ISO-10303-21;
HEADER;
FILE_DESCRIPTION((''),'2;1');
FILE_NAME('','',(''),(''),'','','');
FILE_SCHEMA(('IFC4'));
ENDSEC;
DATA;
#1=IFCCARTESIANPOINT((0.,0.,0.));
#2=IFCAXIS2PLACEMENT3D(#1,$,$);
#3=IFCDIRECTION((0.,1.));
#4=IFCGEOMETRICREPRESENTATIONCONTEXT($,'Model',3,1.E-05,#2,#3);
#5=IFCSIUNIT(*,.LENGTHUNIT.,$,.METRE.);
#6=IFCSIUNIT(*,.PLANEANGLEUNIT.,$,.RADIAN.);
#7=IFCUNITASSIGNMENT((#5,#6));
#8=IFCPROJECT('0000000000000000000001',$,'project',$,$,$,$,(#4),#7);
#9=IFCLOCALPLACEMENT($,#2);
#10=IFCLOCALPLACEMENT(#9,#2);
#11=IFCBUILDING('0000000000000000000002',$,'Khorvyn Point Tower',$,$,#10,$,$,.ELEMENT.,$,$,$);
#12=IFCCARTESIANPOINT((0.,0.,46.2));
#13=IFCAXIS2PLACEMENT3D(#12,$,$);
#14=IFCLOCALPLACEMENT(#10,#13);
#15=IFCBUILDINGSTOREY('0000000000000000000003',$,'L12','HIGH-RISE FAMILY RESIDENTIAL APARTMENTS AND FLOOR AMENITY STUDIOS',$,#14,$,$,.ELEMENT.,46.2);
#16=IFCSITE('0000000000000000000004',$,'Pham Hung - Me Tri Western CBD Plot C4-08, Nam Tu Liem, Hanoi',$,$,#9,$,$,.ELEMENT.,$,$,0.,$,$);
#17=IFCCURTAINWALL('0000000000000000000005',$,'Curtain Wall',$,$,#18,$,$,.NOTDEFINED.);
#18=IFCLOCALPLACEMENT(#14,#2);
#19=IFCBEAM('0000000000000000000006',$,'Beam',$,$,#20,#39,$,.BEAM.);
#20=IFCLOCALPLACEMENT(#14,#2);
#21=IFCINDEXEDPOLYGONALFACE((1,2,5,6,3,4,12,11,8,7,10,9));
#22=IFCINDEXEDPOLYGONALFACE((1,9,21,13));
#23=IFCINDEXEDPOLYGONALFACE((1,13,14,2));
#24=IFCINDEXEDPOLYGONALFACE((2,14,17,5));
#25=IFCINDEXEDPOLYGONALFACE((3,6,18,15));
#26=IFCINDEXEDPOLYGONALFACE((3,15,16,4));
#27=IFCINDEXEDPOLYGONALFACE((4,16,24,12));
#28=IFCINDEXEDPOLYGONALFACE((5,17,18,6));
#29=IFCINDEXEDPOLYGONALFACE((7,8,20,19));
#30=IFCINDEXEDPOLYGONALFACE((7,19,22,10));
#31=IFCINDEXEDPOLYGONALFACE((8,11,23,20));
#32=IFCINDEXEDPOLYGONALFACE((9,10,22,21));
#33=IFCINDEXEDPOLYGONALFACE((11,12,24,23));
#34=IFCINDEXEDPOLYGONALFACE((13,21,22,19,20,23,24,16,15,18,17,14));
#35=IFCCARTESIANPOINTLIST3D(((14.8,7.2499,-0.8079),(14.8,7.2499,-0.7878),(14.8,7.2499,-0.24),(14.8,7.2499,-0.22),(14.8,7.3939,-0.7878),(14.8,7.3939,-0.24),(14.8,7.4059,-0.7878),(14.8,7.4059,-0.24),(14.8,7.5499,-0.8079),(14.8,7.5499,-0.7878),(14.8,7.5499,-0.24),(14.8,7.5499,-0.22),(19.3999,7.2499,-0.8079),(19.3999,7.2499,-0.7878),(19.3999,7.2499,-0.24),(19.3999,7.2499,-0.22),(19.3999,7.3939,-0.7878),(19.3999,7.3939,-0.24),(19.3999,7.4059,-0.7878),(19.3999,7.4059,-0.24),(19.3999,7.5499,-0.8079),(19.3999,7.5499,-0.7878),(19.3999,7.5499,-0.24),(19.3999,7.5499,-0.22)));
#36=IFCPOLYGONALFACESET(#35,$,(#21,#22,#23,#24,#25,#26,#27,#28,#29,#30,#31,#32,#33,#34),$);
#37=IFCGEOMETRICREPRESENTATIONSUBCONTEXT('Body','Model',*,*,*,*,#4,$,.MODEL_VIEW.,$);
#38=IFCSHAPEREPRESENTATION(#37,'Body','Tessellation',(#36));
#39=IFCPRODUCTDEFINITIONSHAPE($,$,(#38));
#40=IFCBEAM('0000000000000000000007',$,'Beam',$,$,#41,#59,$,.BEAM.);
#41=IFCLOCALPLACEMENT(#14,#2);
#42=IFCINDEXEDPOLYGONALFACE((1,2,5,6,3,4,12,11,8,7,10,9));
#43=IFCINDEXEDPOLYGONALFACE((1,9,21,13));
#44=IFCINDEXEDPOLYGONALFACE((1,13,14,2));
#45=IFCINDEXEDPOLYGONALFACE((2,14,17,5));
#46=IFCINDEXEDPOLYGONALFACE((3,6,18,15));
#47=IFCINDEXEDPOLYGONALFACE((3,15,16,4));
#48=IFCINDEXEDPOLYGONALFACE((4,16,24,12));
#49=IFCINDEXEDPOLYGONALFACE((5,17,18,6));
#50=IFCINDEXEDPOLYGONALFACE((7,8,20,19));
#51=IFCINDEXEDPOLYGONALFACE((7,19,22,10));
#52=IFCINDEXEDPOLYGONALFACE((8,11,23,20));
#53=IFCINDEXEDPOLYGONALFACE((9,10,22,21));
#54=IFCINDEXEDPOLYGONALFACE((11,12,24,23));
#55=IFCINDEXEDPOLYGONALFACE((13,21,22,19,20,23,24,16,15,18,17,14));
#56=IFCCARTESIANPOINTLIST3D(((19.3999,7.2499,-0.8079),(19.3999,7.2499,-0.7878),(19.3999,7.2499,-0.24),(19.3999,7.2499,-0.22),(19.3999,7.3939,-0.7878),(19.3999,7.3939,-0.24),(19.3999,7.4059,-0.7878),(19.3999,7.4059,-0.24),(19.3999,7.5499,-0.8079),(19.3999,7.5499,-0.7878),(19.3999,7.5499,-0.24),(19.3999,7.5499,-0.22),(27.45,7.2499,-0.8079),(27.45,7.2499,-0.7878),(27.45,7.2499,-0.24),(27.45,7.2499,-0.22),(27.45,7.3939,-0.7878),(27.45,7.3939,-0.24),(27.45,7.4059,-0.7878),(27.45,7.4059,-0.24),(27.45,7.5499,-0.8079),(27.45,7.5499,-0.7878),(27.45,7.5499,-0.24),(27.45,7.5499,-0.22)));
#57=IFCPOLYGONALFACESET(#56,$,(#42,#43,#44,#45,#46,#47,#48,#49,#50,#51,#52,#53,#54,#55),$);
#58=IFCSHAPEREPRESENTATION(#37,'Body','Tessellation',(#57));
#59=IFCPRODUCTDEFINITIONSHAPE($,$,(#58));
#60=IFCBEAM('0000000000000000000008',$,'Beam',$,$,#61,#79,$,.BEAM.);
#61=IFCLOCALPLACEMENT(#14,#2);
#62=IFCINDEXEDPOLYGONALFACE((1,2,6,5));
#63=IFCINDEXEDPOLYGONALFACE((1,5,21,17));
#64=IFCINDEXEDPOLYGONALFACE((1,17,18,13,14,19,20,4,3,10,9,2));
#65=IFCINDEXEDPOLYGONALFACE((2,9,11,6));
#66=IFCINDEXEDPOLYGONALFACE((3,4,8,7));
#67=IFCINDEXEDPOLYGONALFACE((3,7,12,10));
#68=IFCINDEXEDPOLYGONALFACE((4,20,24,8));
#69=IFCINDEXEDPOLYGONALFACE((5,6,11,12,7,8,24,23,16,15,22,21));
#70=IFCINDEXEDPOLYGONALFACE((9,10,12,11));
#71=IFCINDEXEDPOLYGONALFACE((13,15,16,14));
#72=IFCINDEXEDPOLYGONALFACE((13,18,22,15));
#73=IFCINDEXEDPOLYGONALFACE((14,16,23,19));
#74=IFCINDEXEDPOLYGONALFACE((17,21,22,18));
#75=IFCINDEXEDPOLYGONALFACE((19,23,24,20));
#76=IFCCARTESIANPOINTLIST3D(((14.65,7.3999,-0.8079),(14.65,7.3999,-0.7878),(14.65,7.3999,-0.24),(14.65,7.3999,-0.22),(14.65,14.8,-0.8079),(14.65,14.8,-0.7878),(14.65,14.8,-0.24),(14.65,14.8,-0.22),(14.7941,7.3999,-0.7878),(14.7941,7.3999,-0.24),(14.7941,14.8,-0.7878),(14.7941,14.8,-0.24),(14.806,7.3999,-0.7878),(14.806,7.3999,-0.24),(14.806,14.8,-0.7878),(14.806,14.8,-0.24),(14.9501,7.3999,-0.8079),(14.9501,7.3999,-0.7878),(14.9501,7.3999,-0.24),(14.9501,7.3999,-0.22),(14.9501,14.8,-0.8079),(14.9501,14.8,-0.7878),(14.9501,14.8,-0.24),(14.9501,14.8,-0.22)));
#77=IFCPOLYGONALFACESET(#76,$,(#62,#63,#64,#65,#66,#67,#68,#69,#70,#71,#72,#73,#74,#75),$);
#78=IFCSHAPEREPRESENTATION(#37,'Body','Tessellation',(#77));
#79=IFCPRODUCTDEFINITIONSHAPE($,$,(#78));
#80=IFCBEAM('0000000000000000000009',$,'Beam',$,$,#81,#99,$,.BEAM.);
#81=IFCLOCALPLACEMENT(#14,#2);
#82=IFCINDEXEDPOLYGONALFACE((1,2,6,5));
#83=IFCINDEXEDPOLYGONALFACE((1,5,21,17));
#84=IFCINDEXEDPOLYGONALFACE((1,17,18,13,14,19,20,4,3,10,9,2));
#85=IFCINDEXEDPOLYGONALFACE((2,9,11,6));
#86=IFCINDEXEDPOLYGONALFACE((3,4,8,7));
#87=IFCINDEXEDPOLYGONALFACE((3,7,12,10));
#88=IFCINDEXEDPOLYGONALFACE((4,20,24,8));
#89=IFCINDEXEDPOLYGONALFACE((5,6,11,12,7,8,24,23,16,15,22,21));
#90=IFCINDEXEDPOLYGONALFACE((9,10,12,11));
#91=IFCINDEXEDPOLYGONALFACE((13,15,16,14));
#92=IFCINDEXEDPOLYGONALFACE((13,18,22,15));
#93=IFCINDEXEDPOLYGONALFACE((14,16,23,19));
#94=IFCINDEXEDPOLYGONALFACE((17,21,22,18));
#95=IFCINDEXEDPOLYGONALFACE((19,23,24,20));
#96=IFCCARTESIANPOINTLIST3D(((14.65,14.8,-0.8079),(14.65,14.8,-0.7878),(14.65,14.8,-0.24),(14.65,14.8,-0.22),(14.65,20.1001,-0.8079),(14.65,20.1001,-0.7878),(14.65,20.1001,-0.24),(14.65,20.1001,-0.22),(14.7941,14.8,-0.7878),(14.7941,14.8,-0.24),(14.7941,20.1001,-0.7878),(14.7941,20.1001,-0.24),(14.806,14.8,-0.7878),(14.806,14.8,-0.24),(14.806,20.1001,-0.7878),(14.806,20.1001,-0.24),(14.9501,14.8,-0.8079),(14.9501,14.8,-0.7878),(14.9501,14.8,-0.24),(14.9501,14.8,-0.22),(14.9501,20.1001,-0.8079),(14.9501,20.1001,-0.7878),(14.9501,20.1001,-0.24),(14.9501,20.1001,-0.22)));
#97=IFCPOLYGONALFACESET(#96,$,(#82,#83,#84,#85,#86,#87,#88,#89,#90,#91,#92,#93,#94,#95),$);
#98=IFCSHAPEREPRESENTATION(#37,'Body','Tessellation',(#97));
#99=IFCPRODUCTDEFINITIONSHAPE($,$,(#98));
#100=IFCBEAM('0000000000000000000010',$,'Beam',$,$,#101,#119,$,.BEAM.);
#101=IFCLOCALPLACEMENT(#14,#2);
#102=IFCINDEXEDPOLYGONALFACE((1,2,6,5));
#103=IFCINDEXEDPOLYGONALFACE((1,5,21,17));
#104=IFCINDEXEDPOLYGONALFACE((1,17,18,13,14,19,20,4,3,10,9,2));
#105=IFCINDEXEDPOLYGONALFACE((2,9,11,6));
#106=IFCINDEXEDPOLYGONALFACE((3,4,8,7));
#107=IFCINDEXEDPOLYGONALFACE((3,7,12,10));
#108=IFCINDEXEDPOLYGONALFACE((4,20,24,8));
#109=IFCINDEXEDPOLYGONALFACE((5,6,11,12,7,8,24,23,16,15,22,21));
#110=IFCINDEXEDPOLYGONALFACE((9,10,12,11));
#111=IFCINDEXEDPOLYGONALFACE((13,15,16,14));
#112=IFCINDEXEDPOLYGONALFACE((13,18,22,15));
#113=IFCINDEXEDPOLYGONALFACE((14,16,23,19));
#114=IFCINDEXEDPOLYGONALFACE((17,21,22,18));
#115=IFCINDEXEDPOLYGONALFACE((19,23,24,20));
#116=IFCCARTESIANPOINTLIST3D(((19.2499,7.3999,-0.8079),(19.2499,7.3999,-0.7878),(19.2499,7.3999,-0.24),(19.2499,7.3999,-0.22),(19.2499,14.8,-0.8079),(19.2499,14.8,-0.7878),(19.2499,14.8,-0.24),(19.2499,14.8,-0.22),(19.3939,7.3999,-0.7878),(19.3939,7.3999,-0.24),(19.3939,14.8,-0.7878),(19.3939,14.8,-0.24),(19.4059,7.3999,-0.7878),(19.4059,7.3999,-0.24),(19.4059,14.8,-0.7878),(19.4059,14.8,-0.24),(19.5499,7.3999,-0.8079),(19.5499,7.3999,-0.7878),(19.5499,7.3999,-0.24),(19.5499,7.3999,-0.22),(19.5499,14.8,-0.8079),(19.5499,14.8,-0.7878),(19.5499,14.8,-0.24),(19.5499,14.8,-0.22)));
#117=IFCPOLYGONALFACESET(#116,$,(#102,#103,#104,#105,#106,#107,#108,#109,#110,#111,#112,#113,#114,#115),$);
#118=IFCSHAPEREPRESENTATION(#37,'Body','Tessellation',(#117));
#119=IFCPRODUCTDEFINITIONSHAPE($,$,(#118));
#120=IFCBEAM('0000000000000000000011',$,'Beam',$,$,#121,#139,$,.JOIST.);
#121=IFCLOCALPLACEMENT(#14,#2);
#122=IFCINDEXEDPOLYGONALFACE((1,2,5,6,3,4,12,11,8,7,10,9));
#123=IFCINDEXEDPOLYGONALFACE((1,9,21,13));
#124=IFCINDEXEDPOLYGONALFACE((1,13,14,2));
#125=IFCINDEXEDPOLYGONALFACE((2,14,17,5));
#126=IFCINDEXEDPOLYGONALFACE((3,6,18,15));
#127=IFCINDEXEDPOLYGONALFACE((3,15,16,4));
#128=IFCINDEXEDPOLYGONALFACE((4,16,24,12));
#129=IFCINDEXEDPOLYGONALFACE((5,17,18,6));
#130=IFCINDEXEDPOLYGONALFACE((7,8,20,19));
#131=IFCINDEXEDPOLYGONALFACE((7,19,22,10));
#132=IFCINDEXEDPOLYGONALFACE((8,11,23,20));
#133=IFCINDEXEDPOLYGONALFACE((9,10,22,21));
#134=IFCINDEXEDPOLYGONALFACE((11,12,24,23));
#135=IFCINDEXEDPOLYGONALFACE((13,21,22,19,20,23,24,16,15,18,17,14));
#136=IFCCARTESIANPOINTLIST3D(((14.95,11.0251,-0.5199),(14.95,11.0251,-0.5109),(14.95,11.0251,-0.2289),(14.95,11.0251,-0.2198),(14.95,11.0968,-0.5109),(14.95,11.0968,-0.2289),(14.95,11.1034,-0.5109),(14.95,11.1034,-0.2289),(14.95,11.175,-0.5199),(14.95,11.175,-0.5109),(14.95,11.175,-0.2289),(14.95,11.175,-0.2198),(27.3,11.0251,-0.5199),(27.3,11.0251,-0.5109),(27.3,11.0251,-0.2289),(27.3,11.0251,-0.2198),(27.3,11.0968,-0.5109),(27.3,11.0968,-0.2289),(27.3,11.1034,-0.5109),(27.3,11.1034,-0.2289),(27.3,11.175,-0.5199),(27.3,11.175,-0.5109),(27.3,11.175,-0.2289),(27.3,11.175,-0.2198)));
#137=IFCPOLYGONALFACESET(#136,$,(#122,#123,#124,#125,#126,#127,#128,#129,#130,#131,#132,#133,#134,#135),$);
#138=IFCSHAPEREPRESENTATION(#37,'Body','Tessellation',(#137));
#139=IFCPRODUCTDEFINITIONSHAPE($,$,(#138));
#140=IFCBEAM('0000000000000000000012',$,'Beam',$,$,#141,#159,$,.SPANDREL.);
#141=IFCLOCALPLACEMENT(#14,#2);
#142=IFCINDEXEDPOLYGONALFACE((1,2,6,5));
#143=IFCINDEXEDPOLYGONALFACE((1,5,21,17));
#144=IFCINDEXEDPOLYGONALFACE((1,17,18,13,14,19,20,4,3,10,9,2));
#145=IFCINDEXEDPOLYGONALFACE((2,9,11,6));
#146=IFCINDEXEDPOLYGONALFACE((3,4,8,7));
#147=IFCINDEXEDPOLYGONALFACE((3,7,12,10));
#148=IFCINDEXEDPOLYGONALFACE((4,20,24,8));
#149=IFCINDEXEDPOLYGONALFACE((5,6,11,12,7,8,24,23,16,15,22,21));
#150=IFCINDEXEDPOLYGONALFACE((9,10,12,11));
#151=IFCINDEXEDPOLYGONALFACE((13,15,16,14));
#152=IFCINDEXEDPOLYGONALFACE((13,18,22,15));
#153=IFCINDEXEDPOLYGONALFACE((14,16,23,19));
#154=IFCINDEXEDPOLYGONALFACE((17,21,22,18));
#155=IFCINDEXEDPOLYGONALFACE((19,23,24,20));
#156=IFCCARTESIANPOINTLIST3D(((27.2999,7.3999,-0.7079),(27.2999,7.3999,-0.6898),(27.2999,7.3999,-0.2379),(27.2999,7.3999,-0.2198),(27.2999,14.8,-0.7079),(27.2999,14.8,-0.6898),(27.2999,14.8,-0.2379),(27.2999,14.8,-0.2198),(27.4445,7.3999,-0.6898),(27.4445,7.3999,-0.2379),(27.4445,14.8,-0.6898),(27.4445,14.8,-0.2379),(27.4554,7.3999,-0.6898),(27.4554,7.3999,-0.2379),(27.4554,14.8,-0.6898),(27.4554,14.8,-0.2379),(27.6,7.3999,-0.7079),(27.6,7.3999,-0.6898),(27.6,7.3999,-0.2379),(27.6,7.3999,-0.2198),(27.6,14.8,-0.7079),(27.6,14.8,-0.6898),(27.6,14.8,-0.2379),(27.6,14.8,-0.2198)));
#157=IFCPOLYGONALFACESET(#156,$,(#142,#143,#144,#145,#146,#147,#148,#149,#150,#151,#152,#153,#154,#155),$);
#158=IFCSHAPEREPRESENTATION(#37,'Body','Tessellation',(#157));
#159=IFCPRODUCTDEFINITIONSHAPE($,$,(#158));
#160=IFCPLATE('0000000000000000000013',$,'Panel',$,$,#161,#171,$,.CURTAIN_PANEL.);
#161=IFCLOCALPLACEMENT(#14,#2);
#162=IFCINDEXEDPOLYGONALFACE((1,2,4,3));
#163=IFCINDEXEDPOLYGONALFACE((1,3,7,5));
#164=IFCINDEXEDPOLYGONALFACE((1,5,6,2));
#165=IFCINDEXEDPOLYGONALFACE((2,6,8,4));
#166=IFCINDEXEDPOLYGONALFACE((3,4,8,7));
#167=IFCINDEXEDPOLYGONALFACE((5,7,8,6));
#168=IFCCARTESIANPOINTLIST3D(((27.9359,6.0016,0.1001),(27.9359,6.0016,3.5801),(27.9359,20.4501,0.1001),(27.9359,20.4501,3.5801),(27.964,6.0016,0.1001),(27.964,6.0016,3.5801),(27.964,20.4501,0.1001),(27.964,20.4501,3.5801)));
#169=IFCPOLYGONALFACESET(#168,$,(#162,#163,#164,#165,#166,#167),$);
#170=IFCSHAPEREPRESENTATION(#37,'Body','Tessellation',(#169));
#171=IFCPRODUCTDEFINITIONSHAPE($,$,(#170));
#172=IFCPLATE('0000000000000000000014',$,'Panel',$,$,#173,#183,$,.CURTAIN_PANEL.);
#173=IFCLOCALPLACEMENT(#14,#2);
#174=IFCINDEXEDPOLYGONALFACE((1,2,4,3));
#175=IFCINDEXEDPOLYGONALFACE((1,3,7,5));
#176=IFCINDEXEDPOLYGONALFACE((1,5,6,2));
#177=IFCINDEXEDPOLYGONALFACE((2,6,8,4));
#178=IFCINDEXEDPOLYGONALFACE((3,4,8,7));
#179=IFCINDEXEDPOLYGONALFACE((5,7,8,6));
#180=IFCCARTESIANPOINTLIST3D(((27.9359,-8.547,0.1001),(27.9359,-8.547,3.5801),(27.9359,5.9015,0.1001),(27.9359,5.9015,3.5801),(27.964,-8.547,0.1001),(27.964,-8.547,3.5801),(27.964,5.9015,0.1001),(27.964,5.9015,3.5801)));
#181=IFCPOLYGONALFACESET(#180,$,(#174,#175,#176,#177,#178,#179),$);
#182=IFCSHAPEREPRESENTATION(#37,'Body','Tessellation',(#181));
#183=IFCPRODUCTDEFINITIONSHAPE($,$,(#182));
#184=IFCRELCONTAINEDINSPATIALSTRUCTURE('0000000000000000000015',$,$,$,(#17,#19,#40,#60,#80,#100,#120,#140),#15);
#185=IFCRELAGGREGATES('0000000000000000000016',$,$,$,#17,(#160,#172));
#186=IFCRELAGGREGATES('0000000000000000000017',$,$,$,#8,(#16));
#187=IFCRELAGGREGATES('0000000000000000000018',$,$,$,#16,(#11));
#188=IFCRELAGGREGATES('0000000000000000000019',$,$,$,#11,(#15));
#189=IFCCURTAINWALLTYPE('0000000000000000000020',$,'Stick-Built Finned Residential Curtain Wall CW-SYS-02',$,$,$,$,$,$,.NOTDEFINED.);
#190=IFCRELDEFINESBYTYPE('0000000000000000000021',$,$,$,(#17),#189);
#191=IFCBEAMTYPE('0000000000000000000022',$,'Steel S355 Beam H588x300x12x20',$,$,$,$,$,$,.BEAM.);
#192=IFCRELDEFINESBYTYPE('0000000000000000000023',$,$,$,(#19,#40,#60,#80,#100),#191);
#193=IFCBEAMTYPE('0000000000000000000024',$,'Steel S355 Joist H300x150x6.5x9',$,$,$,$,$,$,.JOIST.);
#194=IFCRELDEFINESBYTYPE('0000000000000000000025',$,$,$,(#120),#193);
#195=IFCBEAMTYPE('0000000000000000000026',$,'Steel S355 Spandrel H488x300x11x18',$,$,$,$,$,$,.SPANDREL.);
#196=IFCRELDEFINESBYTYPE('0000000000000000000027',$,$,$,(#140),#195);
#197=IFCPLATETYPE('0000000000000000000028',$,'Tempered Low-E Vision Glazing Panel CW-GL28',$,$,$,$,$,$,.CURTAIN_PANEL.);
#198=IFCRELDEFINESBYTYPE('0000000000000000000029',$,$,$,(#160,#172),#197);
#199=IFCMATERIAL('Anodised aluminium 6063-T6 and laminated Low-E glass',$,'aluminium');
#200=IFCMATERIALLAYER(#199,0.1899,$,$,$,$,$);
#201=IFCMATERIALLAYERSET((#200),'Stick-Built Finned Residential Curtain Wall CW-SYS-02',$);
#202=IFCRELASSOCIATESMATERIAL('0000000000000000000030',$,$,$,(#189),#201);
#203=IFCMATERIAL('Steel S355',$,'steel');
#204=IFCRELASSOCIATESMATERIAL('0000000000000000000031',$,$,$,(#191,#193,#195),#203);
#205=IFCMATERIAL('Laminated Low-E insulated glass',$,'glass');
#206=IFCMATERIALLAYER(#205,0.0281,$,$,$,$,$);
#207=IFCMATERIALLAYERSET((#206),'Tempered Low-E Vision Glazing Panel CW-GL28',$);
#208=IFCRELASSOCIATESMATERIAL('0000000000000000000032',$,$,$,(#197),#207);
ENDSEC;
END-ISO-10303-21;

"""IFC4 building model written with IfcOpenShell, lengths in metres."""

from ifc_helpers import new_model, si_unit, direction, frame, origin, origin_2d, place, context, subcontext, project, spatial, rectangle, i_section, extrude, material, layer, layer_set, material_profile, profile_set, type_object, element, aggregate, save


model = new_model("IFC4")

# Units and contexts
model_context = context("Model", 3, precision=1e-05, world=origin(), true_north=direction((0.0, 1.0)))
body_context = subcontext(model_context, "Body", "Model", "MODEL_VIEW")
ifc_project = project(units=[si_unit("LENGTHUNIT", "METRE"), si_unit("PLANEANGLEUNIT", "RADIAN")], contexts=[model_context])

# Site, building, storey
site_placement = place(None, origin())
site = spatial("IfcSite", under=ifc_project, at=site_placement, Name="Pham Hung - Me Tri Western CBD Plot C4-08, Nam Tu Liem, Hanoi", CompositionType="ELEMENT", RefElevation=0.0)
building_placement = place(site_placement, origin())
building = spatial("IfcBuilding", under=site, at=building_placement, Name="Khorvyn Point Tower", CompositionType="ELEMENT")
storey_placement = place(building_placement, frame((0.0, 0.0, 46.2)))
storey = spatial("IfcBuildingStorey", under=building, at=storey_placement, Name="L12", Description="HIGH-RISE FAMILY RESIDENTIAL APARTMENTS AND FLOOR AMENITY STUDIOS", CompositionType="ELEMENT", Elevation=46.2)

# Curtain wall
ifc_material_1 = material(Name="Anodised aluminium 6063-T6 and laminated Low-E glass", Category="aluminium")
ifc_layer_1 = layer(ifc_material_1, 0.1899)
ifc_layer_set_1 = layer_set([ifc_layer_1], Name="Stick-Built Finned Residential Curtain Wall CW-SYS-02")
curtain_wall_type = type_object("IfcCurtainWallType", Name="Stick-Built Finned Residential Curtain Wall CW-SYS-02", PredefinedType="NOTDEFINED", material=ifc_layer_set_1)
curtain_wall_placement = place(storey_placement, origin())
curtain_wall = element("IfcCurtainWall", 1, at=curtain_wall_placement, inside=storey, type_object=curtain_wall_type, Name="Curtain Wall", PredefinedType="NOTDEFINED")

# Beams
ifc_material_2 = material(Name="Steel S355", Category="steel")
ifc_material_profile_1 = material_profile(ifc_material_2, i_section(OverallWidth=0.3, OverallDepth=0.5879, WebThickness=0.012, FlangeThickness=0.02, at=origin_2d()))
ifc_profile_set_1 = profile_set([ifc_material_profile_1], Name="Steel S355 H588x300x12x20")
beam_type_1 = type_object("IfcBeamType", Name="Steel S355 Beam H588x300x12x20", PredefinedType="BEAM", material=ifc_profile_set_1)
beam_1_placement = place(storey_placement, frame((14.8, 7.3999, -0.5139), z_axis=(1.0, 0.0, 0.0), x_axis=(0.0, 1.0, 0.0)))
element("IfcBeam", 2, at=beam_1_placement, inside=storey, type_object=beam_type_1, Name="Beam", PredefinedType="BEAM", context=body_context, shape_type="SweptSolid", body=[
    extrude(i_section(OverallWidth=0.3, OverallDepth=0.5879, WebThickness=0.012, FlangeThickness=0.02, at=origin_2d()), origin(), (0.0, 0.0, 1.0), 4.5999),
])
beam_2_placement = place(storey_placement, frame((19.3999, 7.3999, -0.5139), z_axis=(1.0, 0.0, 0.0), x_axis=(0.0, 1.0, 0.0)))
element("IfcBeam", 3, at=beam_2_placement, inside=storey, type_object=beam_type_1, Name="Beam", PredefinedType="BEAM", context=body_context, shape_type="SweptSolid", body=[
    extrude(i_section(OverallWidth=0.3, OverallDepth=0.5879, WebThickness=0.012, FlangeThickness=0.02, at=origin_2d()), origin(), (0.0, 0.0, 1.0), 8.05),
])
beam_3_placement = place(storey_placement, frame((14.8, 7.3999, -0.5139), z_axis=(0.0, 1.0, 0.0), x_axis=(-1.0, 0.0, 0.0)))
element("IfcBeam", 4, at=beam_3_placement, inside=storey, type_object=beam_type_1, Name="Beam", PredefinedType="BEAM", context=body_context, shape_type="SweptSolid", body=[
    extrude(i_section(OverallWidth=0.3, OverallDepth=0.5879, WebThickness=0.012, FlangeThickness=0.02, at=origin_2d()), origin(), (0.0, 0.0, 1.0), 7.4001),
])
beam_4_placement = place(storey_placement, frame((14.8, 14.8, -0.5139), z_axis=(0.0, 1.0, 0.0), x_axis=(-1.0, 0.0, 0.0)))
element("IfcBeam", 5, at=beam_4_placement, inside=storey, type_object=beam_type_1, Name="Beam", PredefinedType="BEAM", context=body_context, shape_type="SweptSolid", body=[
    extrude(i_section(OverallWidth=0.3, OverallDepth=0.5879, WebThickness=0.012, FlangeThickness=0.02, at=origin_2d()), origin(), (0.0, 0.0, 1.0), 5.3),
])
beam_5_placement = place(storey_placement, frame((19.3999, 7.3999, -0.5139), z_axis=(0.0, 1.0, 0.0), x_axis=(-1.0, 0.0, 0.0)))
element("IfcBeam", 6, at=beam_5_placement, inside=storey, type_object=beam_type_1, Name="Beam", PredefinedType="BEAM", context=body_context, shape_type="SweptSolid", body=[
    extrude(i_section(OverallWidth=0.3, OverallDepth=0.5879, WebThickness=0.012, FlangeThickness=0.02, at=origin_2d()), origin(), (0.0, 0.0, 1.0), 7.4001),
])
ifc_material_profile_2 = material_profile(ifc_material_2, i_section(OverallWidth=0.1499, OverallDepth=0.3, WebThickness=0.0066, FlangeThickness=0.009, at=origin_2d()))
ifc_profile_set_2 = profile_set([ifc_material_profile_2], Name="Steel S355 H300x150x6.5x9")
beam_type_2 = type_object("IfcBeamType", Name="Steel S355 Joist H300x150x6.5x9", PredefinedType="JOIST", material=ifc_profile_set_2)
beam_6_placement = place(storey_placement, frame((14.95, 11.1001, -0.3699), z_axis=(1.0, 0.0, 0.0), x_axis=(0.0, 1.0, 0.0)))
element("IfcBeam", 7, at=beam_6_placement, inside=storey, type_object=beam_type_2, Name="Beam", PredefinedType="JOIST", context=body_context, shape_type="SweptSolid", body=[
    extrude(i_section(OverallWidth=0.1499, OverallDepth=0.3, WebThickness=0.0066, FlangeThickness=0.009, at=origin_2d()), origin(), (0.0, 0.0, 1.0), 12.3501),
])
ifc_material_profile_3 = material_profile(ifc_material_2, i_section(OverallWidth=0.3, OverallDepth=0.488, WebThickness=0.011, FlangeThickness=0.0181, at=origin_2d()))
ifc_profile_set_3 = profile_set([ifc_material_profile_3], Name="Steel S355 H488x300x11x18")
beam_type_3 = type_object("IfcBeamType", Name="Steel S355 Spandrel H488x300x11x18", PredefinedType="SPANDREL", material=ifc_profile_set_3)
beam_7_placement = place(storey_placement, frame((27.45, 7.3999, -0.4639), z_axis=(0.0, 1.0, 0.0), x_axis=(-1.0, 0.0, 0.0)))
element("IfcBeam", 8, at=beam_7_placement, inside=storey, type_object=beam_type_3, Name="Beam", PredefinedType="SPANDREL", context=body_context, shape_type="SweptSolid", body=[
    extrude(i_section(OverallWidth=0.3, OverallDepth=0.488, WebThickness=0.011, FlangeThickness=0.0181, at=origin_2d()), origin(), (0.0, 0.0, 1.0), 7.4001),
])

# Plates
ifc_material_3 = material(Name="Laminated Low-E insulated glass", Category="glass")
ifc_layer_2 = layer(ifc_material_3, 0.0281)
ifc_layer_set_2 = layer_set([ifc_layer_2], Name="Tempered Low-E Vision Glazing Panel CW-GL28")
plate_type = type_object("IfcPlateType", Name="Tempered Low-E Vision Glazing Panel CW-GL28", PredefinedType="CURTAIN_PANEL", material=ifc_layer_set_2)
plate_1_placement = place(storey_placement, frame((27.95, 13.2258, 0.1001), z_axis=(0.0, 0.0, 1.0), x_axis=(0.0, -1.0, 0.0)))
plate_1 = element("IfcPlate", 9, at=plate_1_placement, type_object=plate_type, Name="Panel", PredefinedType="CURTAIN_PANEL", context=body_context, shape_type="SweptSolid", body=[
    extrude(rectangle(XDim=14.4485, YDim=0.0281, at=origin_2d()), origin(), (0.0, 0.0, 1.0), 3.48),
])
plate_2_placement = place(storey_placement, frame((27.95, -1.3228, 0.1001), z_axis=(0.0, 0.0, 1.0), x_axis=(0.0, -1.0, 0.0)))
plate_2 = element("IfcPlate", 10, at=plate_2_placement, type_object=plate_type, Name="Panel", PredefinedType="CURTAIN_PANEL", context=body_context, shape_type="SweptSolid", body=[
    extrude(rectangle(XDim=14.4485, YDim=0.0281, at=origin_2d()), origin(), (0.0, 0.0, 1.0), 3.48),
])
aggregate(curtain_wall, [plate_1, plate_2])

save(model, "model.ifc")
